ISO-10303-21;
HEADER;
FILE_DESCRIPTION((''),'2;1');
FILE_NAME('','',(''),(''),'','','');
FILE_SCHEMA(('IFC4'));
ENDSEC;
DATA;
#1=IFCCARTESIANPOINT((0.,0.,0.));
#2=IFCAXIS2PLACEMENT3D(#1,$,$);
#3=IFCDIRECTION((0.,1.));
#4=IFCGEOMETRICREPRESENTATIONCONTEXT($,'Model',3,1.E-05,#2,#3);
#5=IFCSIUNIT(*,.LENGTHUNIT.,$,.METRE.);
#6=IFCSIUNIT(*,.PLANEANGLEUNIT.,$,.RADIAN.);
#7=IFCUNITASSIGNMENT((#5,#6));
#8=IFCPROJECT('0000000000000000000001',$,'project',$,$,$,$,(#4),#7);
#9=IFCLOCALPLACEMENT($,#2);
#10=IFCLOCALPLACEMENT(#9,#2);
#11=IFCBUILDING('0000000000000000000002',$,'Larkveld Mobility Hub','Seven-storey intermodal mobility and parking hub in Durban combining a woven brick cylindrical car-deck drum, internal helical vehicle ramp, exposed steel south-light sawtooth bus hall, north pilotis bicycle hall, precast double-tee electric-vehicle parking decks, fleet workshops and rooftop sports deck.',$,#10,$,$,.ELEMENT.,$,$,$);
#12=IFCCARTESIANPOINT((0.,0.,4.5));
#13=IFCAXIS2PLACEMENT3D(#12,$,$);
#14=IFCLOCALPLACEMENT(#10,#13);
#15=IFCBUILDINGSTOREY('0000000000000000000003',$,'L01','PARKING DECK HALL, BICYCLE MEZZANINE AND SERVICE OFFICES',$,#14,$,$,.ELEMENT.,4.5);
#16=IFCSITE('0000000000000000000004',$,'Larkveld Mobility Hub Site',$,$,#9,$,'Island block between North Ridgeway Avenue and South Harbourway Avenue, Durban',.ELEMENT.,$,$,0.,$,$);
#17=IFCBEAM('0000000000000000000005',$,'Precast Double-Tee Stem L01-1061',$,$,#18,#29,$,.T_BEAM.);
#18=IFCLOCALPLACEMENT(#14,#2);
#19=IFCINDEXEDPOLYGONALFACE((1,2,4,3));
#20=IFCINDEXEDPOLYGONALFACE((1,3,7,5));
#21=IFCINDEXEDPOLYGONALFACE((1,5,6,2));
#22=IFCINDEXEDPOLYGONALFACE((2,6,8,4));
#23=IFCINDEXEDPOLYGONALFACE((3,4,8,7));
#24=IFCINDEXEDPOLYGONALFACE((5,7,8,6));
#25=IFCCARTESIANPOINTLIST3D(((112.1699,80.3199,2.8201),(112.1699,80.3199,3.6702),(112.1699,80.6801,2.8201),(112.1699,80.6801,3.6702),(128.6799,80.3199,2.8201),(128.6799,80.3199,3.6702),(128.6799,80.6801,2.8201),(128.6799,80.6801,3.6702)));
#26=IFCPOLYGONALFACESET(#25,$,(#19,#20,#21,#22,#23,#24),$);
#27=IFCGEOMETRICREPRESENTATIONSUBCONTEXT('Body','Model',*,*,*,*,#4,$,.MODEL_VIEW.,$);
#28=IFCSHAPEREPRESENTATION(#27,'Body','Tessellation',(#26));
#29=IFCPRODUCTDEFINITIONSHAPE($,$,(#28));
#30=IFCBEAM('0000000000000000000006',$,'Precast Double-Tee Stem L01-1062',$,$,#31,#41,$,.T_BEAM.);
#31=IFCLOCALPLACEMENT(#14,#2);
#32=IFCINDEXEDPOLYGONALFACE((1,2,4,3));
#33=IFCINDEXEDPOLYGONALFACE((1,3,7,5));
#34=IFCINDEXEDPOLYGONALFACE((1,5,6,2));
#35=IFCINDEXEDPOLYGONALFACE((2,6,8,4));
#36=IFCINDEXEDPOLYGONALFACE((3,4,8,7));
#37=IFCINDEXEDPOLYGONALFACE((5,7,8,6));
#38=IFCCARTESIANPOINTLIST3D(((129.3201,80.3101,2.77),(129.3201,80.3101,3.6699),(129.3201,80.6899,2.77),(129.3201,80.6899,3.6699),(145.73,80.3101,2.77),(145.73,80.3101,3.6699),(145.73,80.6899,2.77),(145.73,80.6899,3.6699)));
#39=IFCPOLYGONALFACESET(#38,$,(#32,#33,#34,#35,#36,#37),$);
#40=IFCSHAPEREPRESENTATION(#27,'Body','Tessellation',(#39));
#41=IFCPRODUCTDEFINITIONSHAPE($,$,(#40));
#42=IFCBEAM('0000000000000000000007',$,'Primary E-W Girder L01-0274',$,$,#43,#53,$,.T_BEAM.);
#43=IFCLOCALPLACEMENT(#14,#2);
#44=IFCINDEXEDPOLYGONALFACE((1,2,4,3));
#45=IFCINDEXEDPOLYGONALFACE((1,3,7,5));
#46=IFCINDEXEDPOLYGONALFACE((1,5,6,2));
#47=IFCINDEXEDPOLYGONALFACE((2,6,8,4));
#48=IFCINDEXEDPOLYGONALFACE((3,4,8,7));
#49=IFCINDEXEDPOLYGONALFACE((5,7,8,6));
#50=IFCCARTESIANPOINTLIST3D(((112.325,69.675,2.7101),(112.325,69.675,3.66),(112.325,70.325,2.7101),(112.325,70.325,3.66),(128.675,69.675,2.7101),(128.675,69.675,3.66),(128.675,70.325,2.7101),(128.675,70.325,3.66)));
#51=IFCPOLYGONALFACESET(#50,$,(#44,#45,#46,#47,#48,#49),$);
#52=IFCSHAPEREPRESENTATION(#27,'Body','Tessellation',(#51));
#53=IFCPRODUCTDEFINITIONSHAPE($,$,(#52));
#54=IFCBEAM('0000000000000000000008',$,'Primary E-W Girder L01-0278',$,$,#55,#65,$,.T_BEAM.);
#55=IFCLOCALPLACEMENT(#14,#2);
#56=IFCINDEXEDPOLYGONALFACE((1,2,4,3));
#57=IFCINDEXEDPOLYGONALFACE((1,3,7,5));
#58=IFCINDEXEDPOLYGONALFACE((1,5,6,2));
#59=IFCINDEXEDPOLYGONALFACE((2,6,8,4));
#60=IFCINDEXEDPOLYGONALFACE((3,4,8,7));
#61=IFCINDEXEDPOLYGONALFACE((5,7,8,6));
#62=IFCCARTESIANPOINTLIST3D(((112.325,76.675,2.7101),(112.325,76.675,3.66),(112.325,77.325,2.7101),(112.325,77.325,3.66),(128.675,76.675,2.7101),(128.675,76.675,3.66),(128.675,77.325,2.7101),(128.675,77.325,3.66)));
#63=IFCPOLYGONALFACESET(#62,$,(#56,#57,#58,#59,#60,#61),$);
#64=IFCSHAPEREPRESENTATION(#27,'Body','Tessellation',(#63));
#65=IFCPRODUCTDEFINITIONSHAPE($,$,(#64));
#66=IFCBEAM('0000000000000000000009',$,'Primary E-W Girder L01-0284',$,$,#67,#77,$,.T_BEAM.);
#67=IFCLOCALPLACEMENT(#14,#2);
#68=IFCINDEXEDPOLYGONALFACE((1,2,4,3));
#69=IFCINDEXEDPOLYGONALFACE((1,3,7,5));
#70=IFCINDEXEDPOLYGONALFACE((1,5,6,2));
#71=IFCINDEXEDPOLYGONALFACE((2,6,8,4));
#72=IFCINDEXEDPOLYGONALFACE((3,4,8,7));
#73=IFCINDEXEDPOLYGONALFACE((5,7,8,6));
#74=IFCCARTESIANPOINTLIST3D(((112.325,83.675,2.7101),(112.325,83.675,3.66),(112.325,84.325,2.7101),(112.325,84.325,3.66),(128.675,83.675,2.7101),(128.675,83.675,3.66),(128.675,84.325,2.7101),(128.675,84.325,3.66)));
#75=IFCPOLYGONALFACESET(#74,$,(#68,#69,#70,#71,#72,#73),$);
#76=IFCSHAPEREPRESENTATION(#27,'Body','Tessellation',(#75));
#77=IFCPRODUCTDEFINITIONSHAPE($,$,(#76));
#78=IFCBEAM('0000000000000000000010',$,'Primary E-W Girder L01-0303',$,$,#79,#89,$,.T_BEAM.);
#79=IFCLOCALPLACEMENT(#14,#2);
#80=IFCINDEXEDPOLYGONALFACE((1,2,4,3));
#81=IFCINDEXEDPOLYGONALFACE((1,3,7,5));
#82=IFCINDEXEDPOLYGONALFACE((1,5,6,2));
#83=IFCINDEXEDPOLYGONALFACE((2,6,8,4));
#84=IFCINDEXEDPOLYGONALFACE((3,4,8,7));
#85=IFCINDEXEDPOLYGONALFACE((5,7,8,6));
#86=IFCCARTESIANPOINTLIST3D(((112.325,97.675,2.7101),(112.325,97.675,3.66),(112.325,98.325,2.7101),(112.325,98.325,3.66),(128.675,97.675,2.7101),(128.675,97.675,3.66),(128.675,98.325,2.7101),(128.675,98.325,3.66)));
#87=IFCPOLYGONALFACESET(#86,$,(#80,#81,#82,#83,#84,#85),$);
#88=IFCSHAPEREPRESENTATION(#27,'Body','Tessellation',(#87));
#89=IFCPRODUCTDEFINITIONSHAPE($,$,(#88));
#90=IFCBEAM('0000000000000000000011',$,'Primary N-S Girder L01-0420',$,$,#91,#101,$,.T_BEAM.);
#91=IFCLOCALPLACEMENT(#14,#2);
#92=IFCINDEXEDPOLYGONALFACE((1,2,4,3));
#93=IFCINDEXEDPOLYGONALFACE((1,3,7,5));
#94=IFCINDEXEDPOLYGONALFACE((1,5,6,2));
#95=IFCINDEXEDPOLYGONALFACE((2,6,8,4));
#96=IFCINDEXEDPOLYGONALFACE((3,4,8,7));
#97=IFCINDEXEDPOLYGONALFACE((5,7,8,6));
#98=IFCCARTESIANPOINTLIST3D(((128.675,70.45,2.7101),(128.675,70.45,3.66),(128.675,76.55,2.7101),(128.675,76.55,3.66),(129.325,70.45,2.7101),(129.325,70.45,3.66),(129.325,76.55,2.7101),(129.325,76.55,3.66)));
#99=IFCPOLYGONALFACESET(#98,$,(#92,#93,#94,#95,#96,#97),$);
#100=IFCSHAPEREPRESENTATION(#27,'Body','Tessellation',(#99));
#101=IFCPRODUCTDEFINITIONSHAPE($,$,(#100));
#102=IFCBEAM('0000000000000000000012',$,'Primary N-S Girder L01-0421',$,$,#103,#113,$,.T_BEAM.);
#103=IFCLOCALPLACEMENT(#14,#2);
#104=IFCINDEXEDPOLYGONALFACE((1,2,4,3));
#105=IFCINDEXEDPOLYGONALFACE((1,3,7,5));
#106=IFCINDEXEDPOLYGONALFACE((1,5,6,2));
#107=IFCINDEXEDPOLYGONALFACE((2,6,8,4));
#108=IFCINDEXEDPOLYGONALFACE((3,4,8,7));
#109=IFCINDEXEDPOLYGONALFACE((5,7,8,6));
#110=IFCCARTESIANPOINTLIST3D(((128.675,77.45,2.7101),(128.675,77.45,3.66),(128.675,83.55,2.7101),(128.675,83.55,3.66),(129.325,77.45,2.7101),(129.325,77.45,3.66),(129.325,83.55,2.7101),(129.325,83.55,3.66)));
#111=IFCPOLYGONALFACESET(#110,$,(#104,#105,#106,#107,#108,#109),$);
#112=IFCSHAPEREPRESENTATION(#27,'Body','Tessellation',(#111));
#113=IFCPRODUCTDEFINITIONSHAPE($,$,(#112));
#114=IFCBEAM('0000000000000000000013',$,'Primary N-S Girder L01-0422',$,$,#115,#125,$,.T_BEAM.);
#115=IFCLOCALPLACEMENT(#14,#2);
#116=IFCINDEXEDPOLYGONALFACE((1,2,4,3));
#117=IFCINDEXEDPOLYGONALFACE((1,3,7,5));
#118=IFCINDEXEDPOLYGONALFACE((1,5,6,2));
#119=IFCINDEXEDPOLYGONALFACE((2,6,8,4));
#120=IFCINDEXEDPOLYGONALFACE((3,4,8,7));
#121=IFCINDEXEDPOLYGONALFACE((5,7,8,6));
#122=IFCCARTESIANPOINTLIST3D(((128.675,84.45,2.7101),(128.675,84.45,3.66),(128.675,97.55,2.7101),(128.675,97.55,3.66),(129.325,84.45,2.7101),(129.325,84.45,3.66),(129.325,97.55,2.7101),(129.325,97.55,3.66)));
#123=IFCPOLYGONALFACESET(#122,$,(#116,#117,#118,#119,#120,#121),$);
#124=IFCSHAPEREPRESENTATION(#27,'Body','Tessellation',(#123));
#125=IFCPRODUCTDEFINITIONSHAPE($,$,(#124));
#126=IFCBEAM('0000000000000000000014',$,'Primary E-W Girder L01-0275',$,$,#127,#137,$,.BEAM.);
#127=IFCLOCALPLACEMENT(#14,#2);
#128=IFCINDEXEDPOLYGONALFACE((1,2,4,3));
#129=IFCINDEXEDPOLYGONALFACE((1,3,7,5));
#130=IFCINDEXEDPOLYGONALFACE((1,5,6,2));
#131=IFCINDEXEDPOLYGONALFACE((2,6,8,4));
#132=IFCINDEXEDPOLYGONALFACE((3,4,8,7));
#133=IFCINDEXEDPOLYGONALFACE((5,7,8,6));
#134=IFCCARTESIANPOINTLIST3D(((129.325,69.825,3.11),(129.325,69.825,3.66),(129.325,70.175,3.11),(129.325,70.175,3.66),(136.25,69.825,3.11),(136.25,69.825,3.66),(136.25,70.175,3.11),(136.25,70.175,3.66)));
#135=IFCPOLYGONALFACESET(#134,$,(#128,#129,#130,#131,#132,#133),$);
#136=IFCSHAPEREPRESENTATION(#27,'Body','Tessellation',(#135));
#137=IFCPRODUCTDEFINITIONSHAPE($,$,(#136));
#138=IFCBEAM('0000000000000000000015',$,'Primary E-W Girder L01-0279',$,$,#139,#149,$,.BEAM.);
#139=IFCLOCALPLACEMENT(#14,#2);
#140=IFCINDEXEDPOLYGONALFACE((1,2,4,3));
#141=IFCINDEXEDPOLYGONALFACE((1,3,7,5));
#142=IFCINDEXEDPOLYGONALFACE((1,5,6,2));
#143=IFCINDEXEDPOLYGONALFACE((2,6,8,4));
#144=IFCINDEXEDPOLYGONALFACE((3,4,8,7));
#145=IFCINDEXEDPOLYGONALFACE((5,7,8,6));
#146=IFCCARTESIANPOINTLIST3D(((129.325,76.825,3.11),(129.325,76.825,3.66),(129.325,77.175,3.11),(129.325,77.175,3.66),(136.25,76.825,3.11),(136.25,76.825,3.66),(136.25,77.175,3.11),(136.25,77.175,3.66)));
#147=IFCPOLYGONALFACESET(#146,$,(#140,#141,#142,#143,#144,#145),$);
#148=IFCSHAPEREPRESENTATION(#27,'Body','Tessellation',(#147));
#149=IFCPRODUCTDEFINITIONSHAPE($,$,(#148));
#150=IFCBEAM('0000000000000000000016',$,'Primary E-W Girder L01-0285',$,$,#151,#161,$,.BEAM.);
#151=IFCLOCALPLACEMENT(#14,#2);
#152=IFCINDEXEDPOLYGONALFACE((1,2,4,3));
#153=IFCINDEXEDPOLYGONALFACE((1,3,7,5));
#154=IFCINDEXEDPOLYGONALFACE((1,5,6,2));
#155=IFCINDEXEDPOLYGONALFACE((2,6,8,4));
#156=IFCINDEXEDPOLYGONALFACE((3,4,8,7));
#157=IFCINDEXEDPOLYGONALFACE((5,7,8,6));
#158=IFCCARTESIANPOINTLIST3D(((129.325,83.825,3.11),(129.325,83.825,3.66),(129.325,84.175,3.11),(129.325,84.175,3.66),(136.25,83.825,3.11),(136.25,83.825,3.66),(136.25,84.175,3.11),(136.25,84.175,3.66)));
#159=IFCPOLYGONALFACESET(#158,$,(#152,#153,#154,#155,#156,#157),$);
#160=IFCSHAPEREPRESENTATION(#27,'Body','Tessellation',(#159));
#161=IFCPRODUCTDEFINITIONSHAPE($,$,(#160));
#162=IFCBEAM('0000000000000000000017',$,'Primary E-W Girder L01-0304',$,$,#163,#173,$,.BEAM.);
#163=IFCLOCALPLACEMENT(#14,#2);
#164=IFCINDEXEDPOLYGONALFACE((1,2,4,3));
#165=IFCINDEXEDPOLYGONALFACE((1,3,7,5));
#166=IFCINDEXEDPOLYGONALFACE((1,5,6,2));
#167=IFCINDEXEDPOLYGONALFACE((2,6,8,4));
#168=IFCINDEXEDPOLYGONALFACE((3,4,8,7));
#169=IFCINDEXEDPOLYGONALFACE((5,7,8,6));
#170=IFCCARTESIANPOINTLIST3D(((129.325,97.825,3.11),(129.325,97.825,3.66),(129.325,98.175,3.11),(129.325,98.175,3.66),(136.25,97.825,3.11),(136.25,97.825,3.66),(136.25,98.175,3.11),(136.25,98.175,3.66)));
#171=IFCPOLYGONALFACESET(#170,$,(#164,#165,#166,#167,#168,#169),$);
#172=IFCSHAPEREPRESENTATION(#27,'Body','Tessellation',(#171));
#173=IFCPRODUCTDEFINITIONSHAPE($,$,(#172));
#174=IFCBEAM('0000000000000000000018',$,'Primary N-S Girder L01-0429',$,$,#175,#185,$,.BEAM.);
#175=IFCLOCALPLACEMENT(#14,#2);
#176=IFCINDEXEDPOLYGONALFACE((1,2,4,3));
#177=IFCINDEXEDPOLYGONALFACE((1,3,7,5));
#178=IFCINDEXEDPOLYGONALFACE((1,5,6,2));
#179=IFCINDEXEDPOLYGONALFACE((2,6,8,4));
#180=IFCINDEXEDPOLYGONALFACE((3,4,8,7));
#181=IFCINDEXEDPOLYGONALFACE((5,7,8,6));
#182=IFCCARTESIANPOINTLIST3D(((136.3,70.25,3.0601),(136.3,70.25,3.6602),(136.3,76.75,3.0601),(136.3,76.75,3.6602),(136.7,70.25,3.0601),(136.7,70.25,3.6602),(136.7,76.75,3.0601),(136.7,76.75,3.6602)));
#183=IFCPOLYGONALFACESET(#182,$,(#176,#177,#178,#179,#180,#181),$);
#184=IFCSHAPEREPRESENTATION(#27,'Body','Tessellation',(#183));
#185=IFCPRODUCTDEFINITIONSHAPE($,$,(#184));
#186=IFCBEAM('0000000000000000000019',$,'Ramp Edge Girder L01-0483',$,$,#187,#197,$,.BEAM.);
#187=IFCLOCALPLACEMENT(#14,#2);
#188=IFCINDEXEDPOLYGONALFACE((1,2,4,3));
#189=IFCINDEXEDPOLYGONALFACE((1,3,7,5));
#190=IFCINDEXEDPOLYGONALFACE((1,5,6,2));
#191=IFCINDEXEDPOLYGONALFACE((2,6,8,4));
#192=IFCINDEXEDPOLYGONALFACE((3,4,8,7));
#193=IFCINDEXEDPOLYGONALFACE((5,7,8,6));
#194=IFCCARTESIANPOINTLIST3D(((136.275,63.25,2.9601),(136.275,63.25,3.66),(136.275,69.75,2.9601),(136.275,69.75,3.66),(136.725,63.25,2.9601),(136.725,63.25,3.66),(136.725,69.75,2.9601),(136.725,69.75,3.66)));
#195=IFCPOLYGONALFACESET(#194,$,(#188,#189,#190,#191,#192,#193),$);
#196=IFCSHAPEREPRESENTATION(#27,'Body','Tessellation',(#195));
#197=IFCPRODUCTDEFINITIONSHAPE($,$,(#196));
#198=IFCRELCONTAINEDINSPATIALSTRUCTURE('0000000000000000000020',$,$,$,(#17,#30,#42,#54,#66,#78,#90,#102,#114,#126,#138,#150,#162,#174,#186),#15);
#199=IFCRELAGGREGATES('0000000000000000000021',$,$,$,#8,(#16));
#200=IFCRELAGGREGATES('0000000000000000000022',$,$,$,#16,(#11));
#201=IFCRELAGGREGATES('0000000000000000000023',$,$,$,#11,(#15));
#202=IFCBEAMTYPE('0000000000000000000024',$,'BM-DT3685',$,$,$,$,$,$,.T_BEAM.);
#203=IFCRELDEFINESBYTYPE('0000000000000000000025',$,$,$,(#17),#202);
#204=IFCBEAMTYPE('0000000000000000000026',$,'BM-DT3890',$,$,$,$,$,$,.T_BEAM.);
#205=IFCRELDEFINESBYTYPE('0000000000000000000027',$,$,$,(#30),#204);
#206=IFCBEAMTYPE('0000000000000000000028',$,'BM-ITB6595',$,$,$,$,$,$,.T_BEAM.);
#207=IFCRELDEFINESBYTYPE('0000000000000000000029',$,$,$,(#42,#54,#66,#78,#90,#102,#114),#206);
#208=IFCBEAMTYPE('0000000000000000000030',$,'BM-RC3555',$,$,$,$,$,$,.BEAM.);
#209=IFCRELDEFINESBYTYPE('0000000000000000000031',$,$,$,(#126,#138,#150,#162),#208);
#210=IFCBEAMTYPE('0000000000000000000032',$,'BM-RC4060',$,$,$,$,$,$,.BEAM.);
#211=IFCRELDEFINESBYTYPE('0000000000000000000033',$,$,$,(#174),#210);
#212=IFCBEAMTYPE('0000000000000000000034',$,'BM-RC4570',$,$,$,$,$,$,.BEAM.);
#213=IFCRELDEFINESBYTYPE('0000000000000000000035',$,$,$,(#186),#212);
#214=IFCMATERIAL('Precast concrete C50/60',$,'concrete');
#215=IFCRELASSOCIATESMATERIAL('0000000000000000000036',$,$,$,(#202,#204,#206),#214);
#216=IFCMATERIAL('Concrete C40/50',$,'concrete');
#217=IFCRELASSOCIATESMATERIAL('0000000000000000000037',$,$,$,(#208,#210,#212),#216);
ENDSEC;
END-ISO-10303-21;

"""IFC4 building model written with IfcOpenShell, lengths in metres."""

from ifc_helpers import new_model, si_unit, direction, frame, origin, origin_2d, place, context, subcontext, project, spatial, rectangle, extrude, material, material_profile, profile_set, type_object, element, save


model = new_model("IFC4")

# Units and contexts
model_context = context("Model", 3, precision=1e-05, world=origin(), true_north=direction((0.0, 1.0)))
body_context = subcontext(model_context, "Body", "Model", "MODEL_VIEW")
ifc_project = project(units=[si_unit("LENGTHUNIT", "METRE"), si_unit("PLANEANGLEUNIT", "RADIAN")], contexts=[model_context])

# Site, building, storey
site_placement = place(None, origin())
site = spatial("IfcSite", under=ifc_project, at=site_placement, Name="Larkveld Mobility Hub Site", LongName="Island block between North Ridgeway Avenue and South Harbourway Avenue, Durban", CompositionType="ELEMENT", RefElevation=0.0)
building_placement = place(site_placement, origin())
building = spatial("IfcBuilding", under=site, at=building_placement, Name="Larkveld Mobility Hub", Description="Seven-storey intermodal mobility and parking hub in Durban combining a woven brick cylindrical car-deck drum, internal helical vehicle ramp, exposed steel south-light sawtooth bus hall, north pilotis bicycle hall, precast double-tee electric-vehicle parking decks, fleet workshops and rooftop sports deck.", CompositionType="ELEMENT")
storey_placement = place(building_placement, frame((0.0, 0.0, 4.5)))
storey = spatial("IfcBuildingStorey", under=building, at=storey_placement, Name="L01", Description="PARKING DECK HALL, BICYCLE MEZZANINE AND SERVICE OFFICES", CompositionType="ELEMENT", Elevation=4.5)

# Shared definitions
ifc_material_1 = material(Name="Precast concrete C50/60", Category="concrete")
ifc_material_2 = material(Name="Concrete C40/50", Category="concrete")

# Beams
ifc_material_profile_1 = material_profile(ifc_material_1, rectangle(XDim=0.3601, YDim=0.8501, at=origin_2d()), Name="PC DT 360x850")
ifc_profile_set_1 = profile_set([ifc_material_profile_1], Name="Precast concrete C50/60")
beam_type_1 = type_object("IfcBeamType", Name="BM-DT3685", PredefinedType="T_BEAM", material=ifc_profile_set_1)
beam_1_placement = place(storey_placement, frame((112.1699, 80.5, 3.2451), z_axis=(1.0, 0.0, 0.0), x_axis=(0.0, 1.0, 0.0)))
element("IfcBeam", 1, at=beam_1_placement, inside=storey, type_object=beam_type_1, Name="Precast Double-Tee Stem L01-1061", PredefinedType="T_BEAM", context=body_context, shape_type="SweptSolid", body=[
    extrude(rectangle(XDim=0.3601, YDim=0.8501, at=origin_2d()), origin(), (0.0, 0.0, 1.0), 16.51),
])
ifc_material_profile_2 = material_profile(ifc_material_1, rectangle(XDim=0.3799, YDim=0.8999, at=origin_2d()), Name="PC DT 380x900")
ifc_profile_set_2 = profile_set([ifc_material_profile_2], Name="Precast concrete C50/60")
beam_type_2 = type_object("IfcBeamType", Name="BM-DT3890", PredefinedType="T_BEAM", material=ifc_profile_set_2)
beam_2_placement = place(storey_placement, frame((129.3201, 80.5, 3.22), z_axis=(1.0, 0.0, 0.0), x_axis=(0.0, 1.0, 0.0)))
element("IfcBeam", 2, at=beam_2_placement, inside=storey, type_object=beam_type_2, Name="Precast Double-Tee Stem L01-1062", PredefinedType="T_BEAM", context=body_context, shape_type="SweptSolid", body=[
    extrude(rectangle(XDim=0.3799, YDim=0.8999, at=origin_2d()), origin(), (0.0, 0.0, 1.0), 16.4099),
])
ifc_material_profile_3 = material_profile(ifc_material_1, rectangle(XDim=0.6499, YDim=0.95, at=origin_2d()), Name="PC ITB 650x950")
ifc_profile_set_3 = profile_set([ifc_material_profile_3], Name="Precast concrete C50/60")
beam_type_3 = type_object("IfcBeamType", Name="BM-ITB6595", PredefinedType="T_BEAM", material=ifc_profile_set_3)
for number, where, z_axis, x_axis, name in (
    (3, (112.325, 70.0, 3.1851), (1.0, 0.0, 0.0), (0.0, 1.0, 0.0), "Primary E-W Girder L01-0274"),
    (4, (112.325, 77.0, 3.1851), (1.0, 0.0, 0.0), (0.0, 1.0, 0.0), "Primary E-W Girder L01-0278"),
    (5, (112.325, 84.0, 3.1851), (1.0, 0.0, 0.0), (0.0, 1.0, 0.0), "Primary E-W Girder L01-0284"),
    (6, (112.325, 98.0, 3.1851), (1.0, 0.0, 0.0), (0.0, 1.0, 0.0), "Primary E-W Girder L01-0303"),
):
    element("IfcBeam", number, at=place(storey_placement, frame(where, z_axis=z_axis, x_axis=x_axis)), inside=storey, type_object=beam_type_3, Name=name, PredefinedType="T_BEAM", context=body_context, shape_type="SweptSolid", body=[
        extrude(rectangle(XDim=0.6499, YDim=0.95, at=origin_2d()), origin(), (0.0, 0.0, 1.0), 16.3501),
    ])
for number, where, z_axis, x_axis, name in (
    (7, (129.0, 70.45, 3.1851), (0.0, 1.0, 0.0), (-1.0, 0.0, 0.0), "Primary N-S Girder L01-0420"),
    (8, (129.0, 77.45, 3.1851), (0.0, 1.0, 0.0), (-1.0, 0.0, 0.0), "Primary N-S Girder L01-0421"),
):
    element("IfcBeam", number, at=place(storey_placement, frame(where, z_axis=z_axis, x_axis=x_axis)), inside=storey, type_object=beam_type_3, Name=name, PredefinedType="T_BEAM", context=body_context, shape_type="SweptSolid", body=[
        extrude(rectangle(XDim=0.6499, YDim=0.95, at=origin_2d()), origin(), (0.0, 0.0, 1.0), 6.1001),
    ])
beam_3_placement = place(storey_placement, frame((129.0, 84.45, 3.1851), z_axis=(0.0, 1.0, 0.0), x_axis=(-1.0, 0.0, 0.0)))
element("IfcBeam", 9, at=beam_3_placement, inside=storey, type_object=beam_type_3, Name="Primary N-S Girder L01-0422", PredefinedType="T_BEAM", context=body_context, shape_type="SweptSolid", body=[
    extrude(rectangle(XDim=0.6499, YDim=0.95, at=origin_2d()), origin(), (0.0, 0.0, 1.0), 13.1001),
])
ifc_material_profile_4 = material_profile(ifc_material_2, rectangle(XDim=0.3501, YDim=0.55, at=origin_2d()), Name="RC BM 350x550")
ifc_profile_set_4 = profile_set([ifc_material_profile_4], Name="Concrete C40/50")
beam_type_4 = type_object("IfcBeamType", Name="BM-RC3555", PredefinedType="BEAM", material=ifc_profile_set_4)
for number, where, z_axis, x_axis, name in (
    (10, (129.325, 70.0, 3.385), (1.0, 0.0, 0.0), (0.0, 1.0, 0.0), "Primary E-W Girder L01-0275"),
    (11, (129.325, 77.0, 3.385), (1.0, 0.0, 0.0), (0.0, 1.0, 0.0), "Primary E-W Girder L01-0279"),
    (12, (129.325, 84.0, 3.385), (1.0, 0.0, 0.0), (0.0, 1.0, 0.0), "Primary E-W Girder L01-0285"),
    (13, (129.325, 98.0, 3.385), (1.0, 0.0, 0.0), (0.0, 1.0, 0.0), "Primary E-W Girder L01-0304"),
):
    element("IfcBeam", number, at=place(storey_placement, frame(where, z_axis=z_axis, x_axis=x_axis)), inside=storey, type_object=beam_type_4, Name=name, PredefinedType="BEAM", context=body_context, shape_type="SweptSolid", body=[
        extrude(rectangle(XDim=0.3501, YDim=0.55, at=origin_2d()), origin(), (0.0, 0.0, 1.0), 6.925),
    ])
ifc_material_profile_5 = material_profile(ifc_material_2, rectangle(XDim=0.3999, YDim=0.6001, at=origin_2d()), Name="RC BM 400x600")
ifc_profile_set_5 = profile_set([ifc_material_profile_5], Name="Concrete C40/50")
beam_type_5 = type_object("IfcBeamType", Name="BM-RC4060", PredefinedType="BEAM", material=ifc_profile_set_5)
beam_4_placement = place(storey_placement, frame((136.5, 70.25, 3.3601), z_axis=(0.0, 1.0, 0.0), x_axis=(-1.0, 0.0, 0.0)))
element("IfcBeam", 14, at=beam_4_placement, inside=storey, type_object=beam_type_5, Name="Primary N-S Girder L01-0429", PredefinedType="BEAM", context=body_context, shape_type="SweptSolid", body=[
    extrude(rectangle(XDim=0.3999, YDim=0.6001, at=origin_2d()), origin(), (0.0, 0.0, 1.0), 6.5),
])
ifc_material_profile_6 = material_profile(ifc_material_2, rectangle(XDim=0.45, YDim=0.7, at=origin_2d()), Name="RC BM 450x700")
ifc_profile_set_6 = profile_set([ifc_material_profile_6], Name="Concrete C40/50")
beam_type_6 = type_object("IfcBeamType", Name="BM-RC4570", PredefinedType="BEAM", material=ifc_profile_set_6)
beam_5_placement = place(storey_placement, frame((136.5, 63.25, 3.3101), z_axis=(0.0, 1.0, 0.0), x_axis=(-1.0, 0.0, 0.0)))
element("IfcBeam", 15, at=beam_5_placement, inside=storey, type_object=beam_type_6, Name="Ramp Edge Girder L01-0483", PredefinedType="BEAM", context=body_context, shape_type="SweptSolid", body=[
    extrude(rectangle(XDim=0.45, YDim=0.7, at=origin_2d()), origin(), (0.0, 0.0, 1.0), 6.5),
])

save(model, "model.ifc")
